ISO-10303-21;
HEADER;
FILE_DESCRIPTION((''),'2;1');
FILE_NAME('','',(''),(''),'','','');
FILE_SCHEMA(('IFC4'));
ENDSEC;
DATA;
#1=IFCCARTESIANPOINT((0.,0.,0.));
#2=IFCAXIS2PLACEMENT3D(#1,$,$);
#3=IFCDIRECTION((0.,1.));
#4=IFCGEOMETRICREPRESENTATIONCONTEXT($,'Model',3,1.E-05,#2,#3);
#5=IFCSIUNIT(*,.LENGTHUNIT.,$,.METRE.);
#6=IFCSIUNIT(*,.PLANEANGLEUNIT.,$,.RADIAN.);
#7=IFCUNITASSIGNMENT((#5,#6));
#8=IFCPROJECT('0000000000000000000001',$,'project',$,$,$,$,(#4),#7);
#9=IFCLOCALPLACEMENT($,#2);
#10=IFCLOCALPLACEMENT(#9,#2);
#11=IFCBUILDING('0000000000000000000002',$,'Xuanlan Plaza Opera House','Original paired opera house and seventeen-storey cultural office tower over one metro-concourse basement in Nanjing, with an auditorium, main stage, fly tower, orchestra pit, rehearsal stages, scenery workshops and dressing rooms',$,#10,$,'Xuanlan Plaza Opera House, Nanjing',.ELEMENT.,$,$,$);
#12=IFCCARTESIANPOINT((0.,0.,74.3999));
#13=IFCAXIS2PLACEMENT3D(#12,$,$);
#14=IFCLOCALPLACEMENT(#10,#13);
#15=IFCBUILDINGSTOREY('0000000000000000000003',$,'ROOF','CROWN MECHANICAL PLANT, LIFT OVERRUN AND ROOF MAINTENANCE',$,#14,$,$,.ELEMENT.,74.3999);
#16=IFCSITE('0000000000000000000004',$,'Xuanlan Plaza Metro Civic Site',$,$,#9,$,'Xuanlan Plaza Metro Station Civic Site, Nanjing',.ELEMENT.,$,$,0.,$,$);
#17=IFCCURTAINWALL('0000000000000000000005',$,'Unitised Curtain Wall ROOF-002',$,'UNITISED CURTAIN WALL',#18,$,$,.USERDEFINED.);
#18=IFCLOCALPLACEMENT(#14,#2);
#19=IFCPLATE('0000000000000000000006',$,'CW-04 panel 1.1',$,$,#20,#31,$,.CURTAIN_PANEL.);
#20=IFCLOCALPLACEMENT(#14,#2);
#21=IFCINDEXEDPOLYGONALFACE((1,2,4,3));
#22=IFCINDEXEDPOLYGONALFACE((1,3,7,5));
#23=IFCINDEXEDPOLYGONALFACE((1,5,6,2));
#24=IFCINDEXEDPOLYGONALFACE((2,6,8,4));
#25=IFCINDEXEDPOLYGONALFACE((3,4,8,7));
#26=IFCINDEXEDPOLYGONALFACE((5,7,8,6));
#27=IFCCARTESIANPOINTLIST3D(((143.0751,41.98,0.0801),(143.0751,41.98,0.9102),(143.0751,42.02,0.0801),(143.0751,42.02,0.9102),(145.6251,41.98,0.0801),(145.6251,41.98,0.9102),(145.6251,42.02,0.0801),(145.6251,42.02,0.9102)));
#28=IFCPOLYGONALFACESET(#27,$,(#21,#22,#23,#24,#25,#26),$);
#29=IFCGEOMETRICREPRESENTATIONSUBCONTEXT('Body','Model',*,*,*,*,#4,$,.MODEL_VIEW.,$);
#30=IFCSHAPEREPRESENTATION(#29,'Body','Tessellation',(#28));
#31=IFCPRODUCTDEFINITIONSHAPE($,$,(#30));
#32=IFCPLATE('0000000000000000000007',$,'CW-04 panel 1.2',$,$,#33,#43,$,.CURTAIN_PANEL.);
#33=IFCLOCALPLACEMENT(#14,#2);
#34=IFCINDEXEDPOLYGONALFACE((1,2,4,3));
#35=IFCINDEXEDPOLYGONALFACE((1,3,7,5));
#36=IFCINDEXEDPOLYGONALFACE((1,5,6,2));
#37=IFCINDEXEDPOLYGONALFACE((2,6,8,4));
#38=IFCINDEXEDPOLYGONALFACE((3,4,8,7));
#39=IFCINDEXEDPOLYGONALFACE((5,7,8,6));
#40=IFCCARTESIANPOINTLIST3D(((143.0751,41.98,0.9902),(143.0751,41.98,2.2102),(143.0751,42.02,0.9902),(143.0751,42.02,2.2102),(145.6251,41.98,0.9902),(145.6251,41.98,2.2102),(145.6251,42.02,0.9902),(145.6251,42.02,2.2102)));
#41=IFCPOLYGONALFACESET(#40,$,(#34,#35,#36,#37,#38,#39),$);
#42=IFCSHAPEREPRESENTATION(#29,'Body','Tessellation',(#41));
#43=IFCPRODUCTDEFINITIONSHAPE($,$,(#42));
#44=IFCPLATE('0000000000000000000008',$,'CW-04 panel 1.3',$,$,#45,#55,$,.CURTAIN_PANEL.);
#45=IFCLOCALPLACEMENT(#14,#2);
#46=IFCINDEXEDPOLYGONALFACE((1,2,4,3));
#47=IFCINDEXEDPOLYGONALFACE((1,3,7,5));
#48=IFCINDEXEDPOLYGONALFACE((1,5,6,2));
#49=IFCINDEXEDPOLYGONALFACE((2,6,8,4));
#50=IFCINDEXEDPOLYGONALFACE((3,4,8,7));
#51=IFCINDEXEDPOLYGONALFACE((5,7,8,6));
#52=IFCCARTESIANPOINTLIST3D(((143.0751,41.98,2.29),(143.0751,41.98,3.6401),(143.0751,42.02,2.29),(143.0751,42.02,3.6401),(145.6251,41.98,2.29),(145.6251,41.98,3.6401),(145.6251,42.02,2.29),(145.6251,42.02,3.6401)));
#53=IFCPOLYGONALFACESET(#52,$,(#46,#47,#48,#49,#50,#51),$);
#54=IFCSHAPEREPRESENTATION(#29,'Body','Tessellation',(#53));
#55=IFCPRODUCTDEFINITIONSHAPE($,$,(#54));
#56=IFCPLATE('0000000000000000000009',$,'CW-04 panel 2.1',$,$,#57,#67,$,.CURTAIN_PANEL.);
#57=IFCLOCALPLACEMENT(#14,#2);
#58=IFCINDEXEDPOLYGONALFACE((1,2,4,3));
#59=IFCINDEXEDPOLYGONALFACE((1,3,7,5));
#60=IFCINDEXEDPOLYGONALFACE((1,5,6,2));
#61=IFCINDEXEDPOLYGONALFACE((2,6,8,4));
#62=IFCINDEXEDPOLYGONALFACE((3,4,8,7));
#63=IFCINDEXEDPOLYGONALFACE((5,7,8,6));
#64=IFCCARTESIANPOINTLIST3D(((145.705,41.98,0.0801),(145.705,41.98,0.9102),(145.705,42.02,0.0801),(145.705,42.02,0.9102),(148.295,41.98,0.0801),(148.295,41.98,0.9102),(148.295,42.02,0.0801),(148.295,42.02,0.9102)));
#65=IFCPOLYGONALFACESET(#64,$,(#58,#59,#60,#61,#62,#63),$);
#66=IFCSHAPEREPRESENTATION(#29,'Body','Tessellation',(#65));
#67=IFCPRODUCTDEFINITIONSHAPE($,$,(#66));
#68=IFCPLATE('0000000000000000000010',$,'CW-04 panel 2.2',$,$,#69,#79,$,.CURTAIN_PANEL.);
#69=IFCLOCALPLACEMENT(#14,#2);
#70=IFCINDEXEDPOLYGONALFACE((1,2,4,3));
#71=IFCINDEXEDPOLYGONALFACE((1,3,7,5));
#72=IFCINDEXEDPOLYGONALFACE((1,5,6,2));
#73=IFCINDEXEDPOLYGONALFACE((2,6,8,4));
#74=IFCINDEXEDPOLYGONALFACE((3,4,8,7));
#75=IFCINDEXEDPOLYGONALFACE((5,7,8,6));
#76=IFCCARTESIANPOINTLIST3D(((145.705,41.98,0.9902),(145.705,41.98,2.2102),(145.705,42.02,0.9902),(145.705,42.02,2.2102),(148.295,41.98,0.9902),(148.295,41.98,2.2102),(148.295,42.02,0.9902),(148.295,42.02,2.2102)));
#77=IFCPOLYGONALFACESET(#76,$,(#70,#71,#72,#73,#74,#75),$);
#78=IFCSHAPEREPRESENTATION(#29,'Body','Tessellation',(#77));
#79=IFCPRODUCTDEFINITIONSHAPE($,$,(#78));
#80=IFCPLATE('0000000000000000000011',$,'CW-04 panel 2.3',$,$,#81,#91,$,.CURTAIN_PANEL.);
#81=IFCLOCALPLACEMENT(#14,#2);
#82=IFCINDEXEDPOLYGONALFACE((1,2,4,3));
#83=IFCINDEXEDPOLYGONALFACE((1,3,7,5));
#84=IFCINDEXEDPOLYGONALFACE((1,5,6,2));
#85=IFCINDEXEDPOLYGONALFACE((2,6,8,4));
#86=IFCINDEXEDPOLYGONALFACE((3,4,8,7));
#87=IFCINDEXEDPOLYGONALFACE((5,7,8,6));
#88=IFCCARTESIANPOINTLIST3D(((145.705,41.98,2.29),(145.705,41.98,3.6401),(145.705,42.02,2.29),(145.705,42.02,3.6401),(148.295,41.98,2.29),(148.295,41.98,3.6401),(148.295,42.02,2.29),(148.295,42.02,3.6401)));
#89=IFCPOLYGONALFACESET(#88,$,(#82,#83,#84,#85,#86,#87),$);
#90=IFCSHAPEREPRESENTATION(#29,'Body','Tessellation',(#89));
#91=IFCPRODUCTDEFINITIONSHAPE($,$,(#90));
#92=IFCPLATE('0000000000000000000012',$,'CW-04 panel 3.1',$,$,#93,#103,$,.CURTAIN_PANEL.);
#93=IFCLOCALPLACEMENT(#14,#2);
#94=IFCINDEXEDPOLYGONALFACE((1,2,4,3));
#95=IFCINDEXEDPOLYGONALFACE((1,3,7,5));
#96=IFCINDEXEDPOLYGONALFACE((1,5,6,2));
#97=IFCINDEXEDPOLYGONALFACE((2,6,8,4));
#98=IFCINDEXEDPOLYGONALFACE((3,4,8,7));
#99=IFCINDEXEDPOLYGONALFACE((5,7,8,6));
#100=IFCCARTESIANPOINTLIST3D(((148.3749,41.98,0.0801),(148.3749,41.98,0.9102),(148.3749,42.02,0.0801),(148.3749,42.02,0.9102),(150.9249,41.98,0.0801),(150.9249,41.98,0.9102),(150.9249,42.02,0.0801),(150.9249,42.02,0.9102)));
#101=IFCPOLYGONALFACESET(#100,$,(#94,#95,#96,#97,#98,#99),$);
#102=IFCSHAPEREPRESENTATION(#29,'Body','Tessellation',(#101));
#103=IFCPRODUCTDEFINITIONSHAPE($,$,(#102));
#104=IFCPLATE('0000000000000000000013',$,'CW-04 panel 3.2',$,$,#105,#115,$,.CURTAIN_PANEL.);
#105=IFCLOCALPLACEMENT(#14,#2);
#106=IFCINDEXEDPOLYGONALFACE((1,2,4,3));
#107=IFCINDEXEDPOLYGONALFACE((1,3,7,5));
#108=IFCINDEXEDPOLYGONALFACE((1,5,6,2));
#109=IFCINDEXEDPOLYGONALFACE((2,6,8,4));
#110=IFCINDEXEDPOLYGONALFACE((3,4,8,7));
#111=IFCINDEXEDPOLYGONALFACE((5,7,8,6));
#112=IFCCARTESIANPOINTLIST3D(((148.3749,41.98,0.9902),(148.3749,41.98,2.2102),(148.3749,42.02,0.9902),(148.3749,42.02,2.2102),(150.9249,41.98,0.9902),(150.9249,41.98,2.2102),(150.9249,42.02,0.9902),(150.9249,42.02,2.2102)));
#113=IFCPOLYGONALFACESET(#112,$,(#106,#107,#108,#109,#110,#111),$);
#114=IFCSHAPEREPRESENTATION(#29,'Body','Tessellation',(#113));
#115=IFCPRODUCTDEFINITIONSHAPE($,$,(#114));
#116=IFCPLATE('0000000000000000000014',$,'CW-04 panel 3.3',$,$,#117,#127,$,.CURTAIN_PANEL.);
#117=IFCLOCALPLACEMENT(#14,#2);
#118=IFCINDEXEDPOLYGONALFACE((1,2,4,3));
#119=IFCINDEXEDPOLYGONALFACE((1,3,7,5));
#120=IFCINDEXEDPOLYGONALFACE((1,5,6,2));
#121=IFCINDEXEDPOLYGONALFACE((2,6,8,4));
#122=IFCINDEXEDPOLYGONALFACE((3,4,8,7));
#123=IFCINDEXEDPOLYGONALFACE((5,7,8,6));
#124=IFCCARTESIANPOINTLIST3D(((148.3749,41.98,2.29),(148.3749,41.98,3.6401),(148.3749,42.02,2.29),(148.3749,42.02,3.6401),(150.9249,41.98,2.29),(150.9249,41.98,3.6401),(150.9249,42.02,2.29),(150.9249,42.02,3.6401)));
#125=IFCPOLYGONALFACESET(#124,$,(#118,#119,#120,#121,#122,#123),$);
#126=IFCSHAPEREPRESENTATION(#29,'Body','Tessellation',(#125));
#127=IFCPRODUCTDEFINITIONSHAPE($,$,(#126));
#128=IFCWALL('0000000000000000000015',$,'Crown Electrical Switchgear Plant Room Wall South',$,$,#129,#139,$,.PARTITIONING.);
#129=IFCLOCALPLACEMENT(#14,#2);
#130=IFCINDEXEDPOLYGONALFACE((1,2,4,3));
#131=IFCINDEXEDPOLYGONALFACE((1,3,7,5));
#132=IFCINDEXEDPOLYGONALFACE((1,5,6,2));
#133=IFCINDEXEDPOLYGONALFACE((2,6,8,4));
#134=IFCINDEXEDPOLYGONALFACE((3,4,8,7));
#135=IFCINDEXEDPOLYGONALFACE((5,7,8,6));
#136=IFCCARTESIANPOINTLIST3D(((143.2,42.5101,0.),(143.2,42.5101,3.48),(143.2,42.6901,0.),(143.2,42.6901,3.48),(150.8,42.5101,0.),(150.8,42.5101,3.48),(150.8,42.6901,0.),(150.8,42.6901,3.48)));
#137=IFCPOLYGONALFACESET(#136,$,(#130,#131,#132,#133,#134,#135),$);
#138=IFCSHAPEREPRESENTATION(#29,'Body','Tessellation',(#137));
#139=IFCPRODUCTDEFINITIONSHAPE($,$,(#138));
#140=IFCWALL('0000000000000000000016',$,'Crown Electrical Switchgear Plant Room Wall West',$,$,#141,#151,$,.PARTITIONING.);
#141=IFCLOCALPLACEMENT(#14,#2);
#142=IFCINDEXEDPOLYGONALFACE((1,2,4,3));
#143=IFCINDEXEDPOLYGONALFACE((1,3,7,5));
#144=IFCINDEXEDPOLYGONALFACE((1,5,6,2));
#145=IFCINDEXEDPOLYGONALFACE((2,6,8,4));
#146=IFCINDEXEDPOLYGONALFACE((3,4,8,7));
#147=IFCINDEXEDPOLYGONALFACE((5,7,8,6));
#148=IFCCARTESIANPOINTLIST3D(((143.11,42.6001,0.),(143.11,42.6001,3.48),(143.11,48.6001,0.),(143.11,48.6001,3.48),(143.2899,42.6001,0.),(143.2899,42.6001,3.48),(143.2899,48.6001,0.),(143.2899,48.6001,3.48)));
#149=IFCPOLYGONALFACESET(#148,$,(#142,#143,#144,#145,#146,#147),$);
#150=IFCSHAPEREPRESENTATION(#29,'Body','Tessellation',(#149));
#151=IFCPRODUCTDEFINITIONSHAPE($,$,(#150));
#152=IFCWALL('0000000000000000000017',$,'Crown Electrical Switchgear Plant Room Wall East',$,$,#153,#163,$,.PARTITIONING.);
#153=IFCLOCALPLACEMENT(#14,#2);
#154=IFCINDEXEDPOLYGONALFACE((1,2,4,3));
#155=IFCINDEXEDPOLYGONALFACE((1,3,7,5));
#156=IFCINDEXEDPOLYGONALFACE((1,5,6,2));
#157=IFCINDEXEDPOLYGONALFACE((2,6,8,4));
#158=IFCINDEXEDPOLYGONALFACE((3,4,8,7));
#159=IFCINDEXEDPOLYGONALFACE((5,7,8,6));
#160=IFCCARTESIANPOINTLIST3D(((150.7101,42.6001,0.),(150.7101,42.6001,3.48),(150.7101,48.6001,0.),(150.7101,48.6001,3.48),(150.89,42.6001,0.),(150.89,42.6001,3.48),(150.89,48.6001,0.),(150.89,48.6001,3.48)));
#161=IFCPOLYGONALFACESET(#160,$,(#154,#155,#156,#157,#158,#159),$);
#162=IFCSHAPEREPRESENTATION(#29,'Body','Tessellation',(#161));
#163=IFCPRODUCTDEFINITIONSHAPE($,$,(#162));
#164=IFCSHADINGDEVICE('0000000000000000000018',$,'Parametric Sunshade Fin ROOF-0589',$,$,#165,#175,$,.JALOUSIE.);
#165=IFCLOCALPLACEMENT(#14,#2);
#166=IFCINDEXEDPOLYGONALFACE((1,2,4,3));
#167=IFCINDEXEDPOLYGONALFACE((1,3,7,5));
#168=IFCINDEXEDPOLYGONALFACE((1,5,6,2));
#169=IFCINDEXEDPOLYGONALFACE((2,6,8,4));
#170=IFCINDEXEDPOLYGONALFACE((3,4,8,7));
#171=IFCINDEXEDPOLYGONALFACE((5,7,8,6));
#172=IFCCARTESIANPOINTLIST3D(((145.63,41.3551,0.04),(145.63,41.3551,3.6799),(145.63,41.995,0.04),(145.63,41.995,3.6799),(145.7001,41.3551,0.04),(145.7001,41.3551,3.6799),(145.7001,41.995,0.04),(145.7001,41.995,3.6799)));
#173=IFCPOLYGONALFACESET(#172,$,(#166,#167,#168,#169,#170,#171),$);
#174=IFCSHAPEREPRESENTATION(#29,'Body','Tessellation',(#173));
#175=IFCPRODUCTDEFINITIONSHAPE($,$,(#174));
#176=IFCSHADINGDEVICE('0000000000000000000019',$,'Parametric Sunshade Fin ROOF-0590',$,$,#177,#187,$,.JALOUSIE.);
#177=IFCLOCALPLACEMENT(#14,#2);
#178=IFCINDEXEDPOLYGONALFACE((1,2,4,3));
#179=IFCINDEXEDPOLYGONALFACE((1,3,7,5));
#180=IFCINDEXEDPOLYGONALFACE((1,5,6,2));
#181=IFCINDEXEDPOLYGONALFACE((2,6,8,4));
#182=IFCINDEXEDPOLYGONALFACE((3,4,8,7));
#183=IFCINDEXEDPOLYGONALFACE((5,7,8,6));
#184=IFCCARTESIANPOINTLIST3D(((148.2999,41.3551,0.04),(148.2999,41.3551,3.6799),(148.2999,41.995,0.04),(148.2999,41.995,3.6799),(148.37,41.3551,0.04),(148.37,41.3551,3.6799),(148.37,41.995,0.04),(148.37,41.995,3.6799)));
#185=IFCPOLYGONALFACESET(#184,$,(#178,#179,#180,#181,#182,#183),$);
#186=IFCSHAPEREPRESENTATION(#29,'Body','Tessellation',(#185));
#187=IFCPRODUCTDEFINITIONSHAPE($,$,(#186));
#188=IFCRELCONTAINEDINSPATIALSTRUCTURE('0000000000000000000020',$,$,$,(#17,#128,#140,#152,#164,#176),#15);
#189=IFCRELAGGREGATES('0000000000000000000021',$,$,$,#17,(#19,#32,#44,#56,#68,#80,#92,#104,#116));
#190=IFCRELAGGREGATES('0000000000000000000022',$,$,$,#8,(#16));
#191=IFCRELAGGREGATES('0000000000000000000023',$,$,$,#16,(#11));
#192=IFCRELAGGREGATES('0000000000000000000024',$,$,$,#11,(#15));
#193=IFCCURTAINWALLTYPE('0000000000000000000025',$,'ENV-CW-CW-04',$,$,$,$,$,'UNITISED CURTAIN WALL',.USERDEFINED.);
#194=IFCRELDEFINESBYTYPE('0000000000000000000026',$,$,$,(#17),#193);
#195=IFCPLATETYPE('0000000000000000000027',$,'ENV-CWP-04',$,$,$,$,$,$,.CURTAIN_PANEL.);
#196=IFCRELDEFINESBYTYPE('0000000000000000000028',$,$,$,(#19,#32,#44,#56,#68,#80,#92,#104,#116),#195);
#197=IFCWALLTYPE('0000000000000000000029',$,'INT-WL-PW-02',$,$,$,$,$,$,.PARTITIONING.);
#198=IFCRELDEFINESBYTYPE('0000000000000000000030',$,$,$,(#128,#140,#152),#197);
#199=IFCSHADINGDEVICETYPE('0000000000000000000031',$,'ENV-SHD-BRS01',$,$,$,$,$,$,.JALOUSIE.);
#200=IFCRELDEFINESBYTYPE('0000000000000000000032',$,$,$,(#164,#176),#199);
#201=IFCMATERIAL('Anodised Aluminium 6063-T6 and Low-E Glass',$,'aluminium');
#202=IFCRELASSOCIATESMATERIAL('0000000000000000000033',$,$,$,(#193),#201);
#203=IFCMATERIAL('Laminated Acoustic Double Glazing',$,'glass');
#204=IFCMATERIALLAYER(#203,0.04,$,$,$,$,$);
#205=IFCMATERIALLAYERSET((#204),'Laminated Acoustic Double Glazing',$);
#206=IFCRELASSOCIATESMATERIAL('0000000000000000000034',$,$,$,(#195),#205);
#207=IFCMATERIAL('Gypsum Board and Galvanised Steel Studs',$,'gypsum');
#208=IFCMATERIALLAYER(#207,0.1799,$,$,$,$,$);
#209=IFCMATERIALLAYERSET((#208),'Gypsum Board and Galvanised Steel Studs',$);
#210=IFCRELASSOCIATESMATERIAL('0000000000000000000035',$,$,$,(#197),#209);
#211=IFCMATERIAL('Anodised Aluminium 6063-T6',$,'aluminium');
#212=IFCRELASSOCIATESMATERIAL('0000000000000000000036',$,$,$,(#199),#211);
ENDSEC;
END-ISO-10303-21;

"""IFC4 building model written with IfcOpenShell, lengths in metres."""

from ifc_helpers import new_model, si_unit, direction, frame, frame_2d, origin, origin_2d, place, context, subcontext, project, spatial, rectangle, extrude, material, layer, layer_set, type_object, element, aggregate, save


model = new_model("IFC4")

# Units and contexts
model_context = context("Model", 3, precision=1e-05, world=origin(), true_north=direction((0.0, 1.0)))
body_context = subcontext(model_context, "Body", "Model", "MODEL_VIEW")
ifc_project = project(units=[si_unit("LENGTHUNIT", "METRE"), si_unit("PLANEANGLEUNIT", "RADIAN")], contexts=[model_context])

# Site, building, storey
site_placement = place(None, origin())
site = spatial("IfcSite", under=ifc_project, at=site_placement, Name="Xuanlan Plaza Metro Civic Site", LongName="Xuanlan Plaza Metro Station Civic Site, Nanjing", CompositionType="ELEMENT", RefElevation=0.0)
building_placement = place(site_placement, origin())
building = spatial("IfcBuilding", under=site, at=building_placement, Name="Xuanlan Plaza Opera House", Description="Original paired opera house and seventeen-storey cultural office tower over one metro-concourse basement in Nanjing, with an auditorium, main stage, fly tower, orchestra pit, rehearsal stages, scenery workshops and dressing rooms", LongName="Xuanlan Plaza Opera House, Nanjing", CompositionType="ELEMENT")
storey_placement = place(building_placement, frame((0.0, 0.0, 74.3999)))
storey = spatial("IfcBuildingStorey", under=building, at=storey_placement, Name="ROOF", Description="CROWN MECHANICAL PLANT, LIFT OVERRUN AND ROOF MAINTENANCE", CompositionType="ELEMENT", Elevation=74.3999)

# Curtain wall, plates
ifc_material_1 = material(Name="Anodised Aluminium 6063-T6 and Low-E Glass", Category="aluminium")
curtain_wall_type = type_object("IfcCurtainWallType", Name="ENV-CW-CW-04", ElementType="UNITISED CURTAIN WALL", PredefinedType="USERDEFINED", material=ifc_material_1)
curtain_wall_placement = place(storey_placement, origin())
curtain_wall = element("IfcCurtainWall", 1, at=curtain_wall_placement, inside=storey, type_object=curtain_wall_type, Name="Unitised Curtain Wall ROOF-002", ObjectType="UNITISED CURTAIN WALL", PredefinedType="USERDEFINED")
ifc_material_2 = material(Name="Anodised Aluminium 6063-T6", Category="aluminium")
ifc_material_3 = material(Name="Laminated Acoustic Double Glazing", Category="glass")
ifc_layer_1 = layer(ifc_material_3, 0.04)
ifc_layer_set_1 = layer_set([ifc_layer_1], Name="Laminated Acoustic Double Glazing")
plate_type = type_object("IfcPlateType", Name="ENV-CWP-04", PredefinedType="CURTAIN_PANEL", material=ifc_layer_set_1)
plate_1_placement = place(storey_placement, frame((144.3501, 42.0, 0.0801), z_axis=(0.0, 0.0, 1.0), x_axis=(1.0, 0.0, 0.0)))
plate_1 = element("IfcPlate", 2, at=plate_1_placement, type_object=plate_type, Name="CW-04 panel 1.1", PredefinedType="CURTAIN_PANEL", context=body_context, shape_type="SweptSolid", body=[
    extrude(rectangle(XDim=2.55, YDim=0.04, at=origin_2d()), origin(), (0.0, 0.0, 1.0), 0.8301),
])
plate_2_placement = place(storey_placement, frame((144.3501, 42.0, 0.9902), z_axis=(0.0, 0.0, 1.0), x_axis=(1.0, 0.0, 0.0)))
plate_2 = element("IfcPlate", 3, at=plate_2_placement, type_object=plate_type, Name="CW-04 panel 1.2", PredefinedType="CURTAIN_PANEL", context=body_context, shape_type="SweptSolid", body=[
    extrude(rectangle(XDim=2.55, YDim=0.04, at=origin_2d()), origin(), (0.0, 0.0, 1.0), 1.22),
])
plate_3_placement = place(storey_placement, frame((144.3501, 42.0, 2.29), z_axis=(0.0, 0.0, 1.0), x_axis=(1.0, 0.0, 0.0)))
plate_3 = element("IfcPlate", 4, at=plate_3_placement, type_object=plate_type, Name="CW-04 panel 1.3", PredefinedType="CURTAIN_PANEL", context=body_context, shape_type="SweptSolid", body=[
    extrude(rectangle(XDim=2.55, YDim=0.04, at=origin_2d()), origin(), (0.0, 0.0, 1.0), 1.3501),
])
plate_4_placement = place(storey_placement, frame((147.0, 42.0, 0.0801), z_axis=(0.0, 0.0, 1.0), x_axis=(1.0, 0.0, 0.0)))
plate_4 = element("IfcPlate", 5, at=plate_4_placement, type_object=plate_type, Name="CW-04 panel 2.1", PredefinedType="CURTAIN_PANEL", context=body_context, shape_type="SweptSolid", body=[
    extrude(rectangle(XDim=2.5901, YDim=0.04, at=origin_2d()), origin(), (0.0, 0.0, 1.0), 0.8301),
])
plate_5_placement = place(storey_placement, frame((147.0, 42.0, 0.9902), z_axis=(0.0, 0.0, 1.0), x_axis=(1.0, 0.0, 0.0)))
plate_5 = element("IfcPlate", 6, at=plate_5_placement, type_object=plate_type, Name="CW-04 panel 2.2", PredefinedType="CURTAIN_PANEL", context=body_context, shape_type="SweptSolid", body=[
    extrude(rectangle(XDim=2.5901, YDim=0.04, at=origin_2d()), origin(), (0.0, 0.0, 1.0), 1.22),
])
plate_6_placement = place(storey_placement, frame((147.0, 42.0, 2.29), z_axis=(0.0, 0.0, 1.0), x_axis=(1.0, 0.0, 0.0)))
plate_6 = element("IfcPlate", 7, at=plate_6_placement, type_object=plate_type, Name="CW-04 panel 2.3", PredefinedType="CURTAIN_PANEL", context=body_context, shape_type="SweptSolid", body=[
    extrude(rectangle(XDim=2.5901, YDim=0.04, at=origin_2d()), origin(), (0.0, 0.0, 1.0), 1.3501),
])
plate_7_placement = place(storey_placement, frame((149.6499, 42.0, 0.0801), z_axis=(0.0, 0.0, 1.0), x_axis=(1.0, 0.0, 0.0)))
plate_7 = element("IfcPlate", 8, at=plate_7_placement, type_object=plate_type, Name="CW-04 panel 3.1", PredefinedType="CURTAIN_PANEL", context=body_context, shape_type="SweptSolid", body=[
    extrude(rectangle(XDim=2.55, YDim=0.04, at=origin_2d()), origin(), (0.0, 0.0, 1.0), 0.8301),
])
plate_8_placement = place(storey_placement, frame((149.6499, 42.0, 0.9902), z_axis=(0.0, 0.0, 1.0), x_axis=(1.0, 0.0, 0.0)))
plate_8 = element("IfcPlate", 9, at=plate_8_placement, type_object=plate_type, Name="CW-04 panel 3.2", PredefinedType="CURTAIN_PANEL", context=body_context, shape_type="SweptSolid", body=[
    extrude(rectangle(XDim=2.55, YDim=0.04, at=origin_2d()), origin(), (0.0, 0.0, 1.0), 1.22),
])
plate_9_placement = place(storey_placement, frame((149.6499, 42.0, 2.29), z_axis=(0.0, 0.0, 1.0), x_axis=(1.0, 0.0, 0.0)))
plate_9 = element("IfcPlate", 10, at=plate_9_placement, type_object=plate_type, Name="CW-04 panel 3.3", PredefinedType="CURTAIN_PANEL", context=body_context, shape_type="SweptSolid", body=[
    extrude(rectangle(XDim=2.55, YDim=0.04, at=origin_2d()), origin(), (0.0, 0.0, 1.0), 1.3501),
])
aggregate(curtain_wall, [plate_1, plate_2, plate_3, plate_4, plate_5, plate_6, plate_7, plate_8, plate_9])

# Walls
ifc_material_4 = material(Name="Gypsum Board and Galvanised Steel Studs", Category="gypsum")
ifc_layer_2 = layer(ifc_material_4, 0.1799)
ifc_layer_set_2 = layer_set([ifc_layer_2], Name="Gypsum Board and Galvanised Steel Studs")
wall_type = type_object("IfcWallType", Name="INT-WL-PW-02", PredefinedType="PARTITIONING", material=ifc_layer_set_2)
wall_placement = place(storey_placement, frame((143.2, 42.6001, 0.0), z_axis=(0.0, 0.0, 1.0), x_axis=(1.0, 0.0, 0.0)))
element("IfcWall", 11, at=wall_placement, inside=storey, type_object=wall_type, Name="Crown Electrical Switchgear Plant Room Wall South", PredefinedType="PARTITIONING", context=body_context, shape_type="SweptSolid", body=[
    extrude(rectangle(XDim=7.6001, YDim=0.1799, at=frame_2d((3.8, 0.0))), origin(), (0.0, 0.0, 1.0), 3.48),
])
for number, where, z_axis, x_axis, name in (
    (12, (143.2, 42.6001, 0.0), (0.0, 0.0, 1.0), (0.0, 1.0, 0.0), "Crown Electrical Switchgear Plant Room Wall West"),
    (13, (150.8, 42.6001, 0.0), (0.0, 0.0, 1.0), (0.0, 1.0, 0.0), "Crown Electrical Switchgear Plant Room Wall East"),
):
    element("IfcWall", number, at=place(storey_placement, frame(where, z_axis=z_axis, x_axis=x_axis)), inside=storey, type_object=wall_type, Name=name, PredefinedType="PARTITIONING", context=body_context, shape_type="SweptSolid", body=[
        extrude(rectangle(XDim=6.0, YDim=0.1799, at=frame_2d((3.0, 0.0))), origin(), (0.0, 0.0, 1.0), 3.48),
    ])

# Shading devices
shading_device_type = type_object("IfcShadingDeviceType", Name="ENV-SHD-BRS01", PredefinedType="JALOUSIE", material=ifc_material_2)
for number, where, z_axis, x_axis, name in (
    (14, (145.665, 41.675, 0.04), (0.0, 0.0, 1.0), (0.0, -1.0, 0.0), "Parametric Sunshade Fin ROOF-0589"),
    (15, (148.335, 41.675, 0.04), (0.0, 0.0, 1.0), (0.0, -1.0, 0.0), "Parametric Sunshade Fin ROOF-0590"),
):
    element("IfcShadingDevice", number, at=place(storey_placement, frame(where, z_axis=z_axis, x_axis=x_axis)), inside=storey, type_object=shading_device_type, Name=name, PredefinedType="JALOUSIE", context=body_context, shape_type="SweptSolid", body=[
        extrude(rectangle(XDim=0.6399, YDim=0.0701, at=origin_2d()), origin(), (0.0, 0.0, 1.0), 3.6399),
    ])

save(model, "model.ifc")
